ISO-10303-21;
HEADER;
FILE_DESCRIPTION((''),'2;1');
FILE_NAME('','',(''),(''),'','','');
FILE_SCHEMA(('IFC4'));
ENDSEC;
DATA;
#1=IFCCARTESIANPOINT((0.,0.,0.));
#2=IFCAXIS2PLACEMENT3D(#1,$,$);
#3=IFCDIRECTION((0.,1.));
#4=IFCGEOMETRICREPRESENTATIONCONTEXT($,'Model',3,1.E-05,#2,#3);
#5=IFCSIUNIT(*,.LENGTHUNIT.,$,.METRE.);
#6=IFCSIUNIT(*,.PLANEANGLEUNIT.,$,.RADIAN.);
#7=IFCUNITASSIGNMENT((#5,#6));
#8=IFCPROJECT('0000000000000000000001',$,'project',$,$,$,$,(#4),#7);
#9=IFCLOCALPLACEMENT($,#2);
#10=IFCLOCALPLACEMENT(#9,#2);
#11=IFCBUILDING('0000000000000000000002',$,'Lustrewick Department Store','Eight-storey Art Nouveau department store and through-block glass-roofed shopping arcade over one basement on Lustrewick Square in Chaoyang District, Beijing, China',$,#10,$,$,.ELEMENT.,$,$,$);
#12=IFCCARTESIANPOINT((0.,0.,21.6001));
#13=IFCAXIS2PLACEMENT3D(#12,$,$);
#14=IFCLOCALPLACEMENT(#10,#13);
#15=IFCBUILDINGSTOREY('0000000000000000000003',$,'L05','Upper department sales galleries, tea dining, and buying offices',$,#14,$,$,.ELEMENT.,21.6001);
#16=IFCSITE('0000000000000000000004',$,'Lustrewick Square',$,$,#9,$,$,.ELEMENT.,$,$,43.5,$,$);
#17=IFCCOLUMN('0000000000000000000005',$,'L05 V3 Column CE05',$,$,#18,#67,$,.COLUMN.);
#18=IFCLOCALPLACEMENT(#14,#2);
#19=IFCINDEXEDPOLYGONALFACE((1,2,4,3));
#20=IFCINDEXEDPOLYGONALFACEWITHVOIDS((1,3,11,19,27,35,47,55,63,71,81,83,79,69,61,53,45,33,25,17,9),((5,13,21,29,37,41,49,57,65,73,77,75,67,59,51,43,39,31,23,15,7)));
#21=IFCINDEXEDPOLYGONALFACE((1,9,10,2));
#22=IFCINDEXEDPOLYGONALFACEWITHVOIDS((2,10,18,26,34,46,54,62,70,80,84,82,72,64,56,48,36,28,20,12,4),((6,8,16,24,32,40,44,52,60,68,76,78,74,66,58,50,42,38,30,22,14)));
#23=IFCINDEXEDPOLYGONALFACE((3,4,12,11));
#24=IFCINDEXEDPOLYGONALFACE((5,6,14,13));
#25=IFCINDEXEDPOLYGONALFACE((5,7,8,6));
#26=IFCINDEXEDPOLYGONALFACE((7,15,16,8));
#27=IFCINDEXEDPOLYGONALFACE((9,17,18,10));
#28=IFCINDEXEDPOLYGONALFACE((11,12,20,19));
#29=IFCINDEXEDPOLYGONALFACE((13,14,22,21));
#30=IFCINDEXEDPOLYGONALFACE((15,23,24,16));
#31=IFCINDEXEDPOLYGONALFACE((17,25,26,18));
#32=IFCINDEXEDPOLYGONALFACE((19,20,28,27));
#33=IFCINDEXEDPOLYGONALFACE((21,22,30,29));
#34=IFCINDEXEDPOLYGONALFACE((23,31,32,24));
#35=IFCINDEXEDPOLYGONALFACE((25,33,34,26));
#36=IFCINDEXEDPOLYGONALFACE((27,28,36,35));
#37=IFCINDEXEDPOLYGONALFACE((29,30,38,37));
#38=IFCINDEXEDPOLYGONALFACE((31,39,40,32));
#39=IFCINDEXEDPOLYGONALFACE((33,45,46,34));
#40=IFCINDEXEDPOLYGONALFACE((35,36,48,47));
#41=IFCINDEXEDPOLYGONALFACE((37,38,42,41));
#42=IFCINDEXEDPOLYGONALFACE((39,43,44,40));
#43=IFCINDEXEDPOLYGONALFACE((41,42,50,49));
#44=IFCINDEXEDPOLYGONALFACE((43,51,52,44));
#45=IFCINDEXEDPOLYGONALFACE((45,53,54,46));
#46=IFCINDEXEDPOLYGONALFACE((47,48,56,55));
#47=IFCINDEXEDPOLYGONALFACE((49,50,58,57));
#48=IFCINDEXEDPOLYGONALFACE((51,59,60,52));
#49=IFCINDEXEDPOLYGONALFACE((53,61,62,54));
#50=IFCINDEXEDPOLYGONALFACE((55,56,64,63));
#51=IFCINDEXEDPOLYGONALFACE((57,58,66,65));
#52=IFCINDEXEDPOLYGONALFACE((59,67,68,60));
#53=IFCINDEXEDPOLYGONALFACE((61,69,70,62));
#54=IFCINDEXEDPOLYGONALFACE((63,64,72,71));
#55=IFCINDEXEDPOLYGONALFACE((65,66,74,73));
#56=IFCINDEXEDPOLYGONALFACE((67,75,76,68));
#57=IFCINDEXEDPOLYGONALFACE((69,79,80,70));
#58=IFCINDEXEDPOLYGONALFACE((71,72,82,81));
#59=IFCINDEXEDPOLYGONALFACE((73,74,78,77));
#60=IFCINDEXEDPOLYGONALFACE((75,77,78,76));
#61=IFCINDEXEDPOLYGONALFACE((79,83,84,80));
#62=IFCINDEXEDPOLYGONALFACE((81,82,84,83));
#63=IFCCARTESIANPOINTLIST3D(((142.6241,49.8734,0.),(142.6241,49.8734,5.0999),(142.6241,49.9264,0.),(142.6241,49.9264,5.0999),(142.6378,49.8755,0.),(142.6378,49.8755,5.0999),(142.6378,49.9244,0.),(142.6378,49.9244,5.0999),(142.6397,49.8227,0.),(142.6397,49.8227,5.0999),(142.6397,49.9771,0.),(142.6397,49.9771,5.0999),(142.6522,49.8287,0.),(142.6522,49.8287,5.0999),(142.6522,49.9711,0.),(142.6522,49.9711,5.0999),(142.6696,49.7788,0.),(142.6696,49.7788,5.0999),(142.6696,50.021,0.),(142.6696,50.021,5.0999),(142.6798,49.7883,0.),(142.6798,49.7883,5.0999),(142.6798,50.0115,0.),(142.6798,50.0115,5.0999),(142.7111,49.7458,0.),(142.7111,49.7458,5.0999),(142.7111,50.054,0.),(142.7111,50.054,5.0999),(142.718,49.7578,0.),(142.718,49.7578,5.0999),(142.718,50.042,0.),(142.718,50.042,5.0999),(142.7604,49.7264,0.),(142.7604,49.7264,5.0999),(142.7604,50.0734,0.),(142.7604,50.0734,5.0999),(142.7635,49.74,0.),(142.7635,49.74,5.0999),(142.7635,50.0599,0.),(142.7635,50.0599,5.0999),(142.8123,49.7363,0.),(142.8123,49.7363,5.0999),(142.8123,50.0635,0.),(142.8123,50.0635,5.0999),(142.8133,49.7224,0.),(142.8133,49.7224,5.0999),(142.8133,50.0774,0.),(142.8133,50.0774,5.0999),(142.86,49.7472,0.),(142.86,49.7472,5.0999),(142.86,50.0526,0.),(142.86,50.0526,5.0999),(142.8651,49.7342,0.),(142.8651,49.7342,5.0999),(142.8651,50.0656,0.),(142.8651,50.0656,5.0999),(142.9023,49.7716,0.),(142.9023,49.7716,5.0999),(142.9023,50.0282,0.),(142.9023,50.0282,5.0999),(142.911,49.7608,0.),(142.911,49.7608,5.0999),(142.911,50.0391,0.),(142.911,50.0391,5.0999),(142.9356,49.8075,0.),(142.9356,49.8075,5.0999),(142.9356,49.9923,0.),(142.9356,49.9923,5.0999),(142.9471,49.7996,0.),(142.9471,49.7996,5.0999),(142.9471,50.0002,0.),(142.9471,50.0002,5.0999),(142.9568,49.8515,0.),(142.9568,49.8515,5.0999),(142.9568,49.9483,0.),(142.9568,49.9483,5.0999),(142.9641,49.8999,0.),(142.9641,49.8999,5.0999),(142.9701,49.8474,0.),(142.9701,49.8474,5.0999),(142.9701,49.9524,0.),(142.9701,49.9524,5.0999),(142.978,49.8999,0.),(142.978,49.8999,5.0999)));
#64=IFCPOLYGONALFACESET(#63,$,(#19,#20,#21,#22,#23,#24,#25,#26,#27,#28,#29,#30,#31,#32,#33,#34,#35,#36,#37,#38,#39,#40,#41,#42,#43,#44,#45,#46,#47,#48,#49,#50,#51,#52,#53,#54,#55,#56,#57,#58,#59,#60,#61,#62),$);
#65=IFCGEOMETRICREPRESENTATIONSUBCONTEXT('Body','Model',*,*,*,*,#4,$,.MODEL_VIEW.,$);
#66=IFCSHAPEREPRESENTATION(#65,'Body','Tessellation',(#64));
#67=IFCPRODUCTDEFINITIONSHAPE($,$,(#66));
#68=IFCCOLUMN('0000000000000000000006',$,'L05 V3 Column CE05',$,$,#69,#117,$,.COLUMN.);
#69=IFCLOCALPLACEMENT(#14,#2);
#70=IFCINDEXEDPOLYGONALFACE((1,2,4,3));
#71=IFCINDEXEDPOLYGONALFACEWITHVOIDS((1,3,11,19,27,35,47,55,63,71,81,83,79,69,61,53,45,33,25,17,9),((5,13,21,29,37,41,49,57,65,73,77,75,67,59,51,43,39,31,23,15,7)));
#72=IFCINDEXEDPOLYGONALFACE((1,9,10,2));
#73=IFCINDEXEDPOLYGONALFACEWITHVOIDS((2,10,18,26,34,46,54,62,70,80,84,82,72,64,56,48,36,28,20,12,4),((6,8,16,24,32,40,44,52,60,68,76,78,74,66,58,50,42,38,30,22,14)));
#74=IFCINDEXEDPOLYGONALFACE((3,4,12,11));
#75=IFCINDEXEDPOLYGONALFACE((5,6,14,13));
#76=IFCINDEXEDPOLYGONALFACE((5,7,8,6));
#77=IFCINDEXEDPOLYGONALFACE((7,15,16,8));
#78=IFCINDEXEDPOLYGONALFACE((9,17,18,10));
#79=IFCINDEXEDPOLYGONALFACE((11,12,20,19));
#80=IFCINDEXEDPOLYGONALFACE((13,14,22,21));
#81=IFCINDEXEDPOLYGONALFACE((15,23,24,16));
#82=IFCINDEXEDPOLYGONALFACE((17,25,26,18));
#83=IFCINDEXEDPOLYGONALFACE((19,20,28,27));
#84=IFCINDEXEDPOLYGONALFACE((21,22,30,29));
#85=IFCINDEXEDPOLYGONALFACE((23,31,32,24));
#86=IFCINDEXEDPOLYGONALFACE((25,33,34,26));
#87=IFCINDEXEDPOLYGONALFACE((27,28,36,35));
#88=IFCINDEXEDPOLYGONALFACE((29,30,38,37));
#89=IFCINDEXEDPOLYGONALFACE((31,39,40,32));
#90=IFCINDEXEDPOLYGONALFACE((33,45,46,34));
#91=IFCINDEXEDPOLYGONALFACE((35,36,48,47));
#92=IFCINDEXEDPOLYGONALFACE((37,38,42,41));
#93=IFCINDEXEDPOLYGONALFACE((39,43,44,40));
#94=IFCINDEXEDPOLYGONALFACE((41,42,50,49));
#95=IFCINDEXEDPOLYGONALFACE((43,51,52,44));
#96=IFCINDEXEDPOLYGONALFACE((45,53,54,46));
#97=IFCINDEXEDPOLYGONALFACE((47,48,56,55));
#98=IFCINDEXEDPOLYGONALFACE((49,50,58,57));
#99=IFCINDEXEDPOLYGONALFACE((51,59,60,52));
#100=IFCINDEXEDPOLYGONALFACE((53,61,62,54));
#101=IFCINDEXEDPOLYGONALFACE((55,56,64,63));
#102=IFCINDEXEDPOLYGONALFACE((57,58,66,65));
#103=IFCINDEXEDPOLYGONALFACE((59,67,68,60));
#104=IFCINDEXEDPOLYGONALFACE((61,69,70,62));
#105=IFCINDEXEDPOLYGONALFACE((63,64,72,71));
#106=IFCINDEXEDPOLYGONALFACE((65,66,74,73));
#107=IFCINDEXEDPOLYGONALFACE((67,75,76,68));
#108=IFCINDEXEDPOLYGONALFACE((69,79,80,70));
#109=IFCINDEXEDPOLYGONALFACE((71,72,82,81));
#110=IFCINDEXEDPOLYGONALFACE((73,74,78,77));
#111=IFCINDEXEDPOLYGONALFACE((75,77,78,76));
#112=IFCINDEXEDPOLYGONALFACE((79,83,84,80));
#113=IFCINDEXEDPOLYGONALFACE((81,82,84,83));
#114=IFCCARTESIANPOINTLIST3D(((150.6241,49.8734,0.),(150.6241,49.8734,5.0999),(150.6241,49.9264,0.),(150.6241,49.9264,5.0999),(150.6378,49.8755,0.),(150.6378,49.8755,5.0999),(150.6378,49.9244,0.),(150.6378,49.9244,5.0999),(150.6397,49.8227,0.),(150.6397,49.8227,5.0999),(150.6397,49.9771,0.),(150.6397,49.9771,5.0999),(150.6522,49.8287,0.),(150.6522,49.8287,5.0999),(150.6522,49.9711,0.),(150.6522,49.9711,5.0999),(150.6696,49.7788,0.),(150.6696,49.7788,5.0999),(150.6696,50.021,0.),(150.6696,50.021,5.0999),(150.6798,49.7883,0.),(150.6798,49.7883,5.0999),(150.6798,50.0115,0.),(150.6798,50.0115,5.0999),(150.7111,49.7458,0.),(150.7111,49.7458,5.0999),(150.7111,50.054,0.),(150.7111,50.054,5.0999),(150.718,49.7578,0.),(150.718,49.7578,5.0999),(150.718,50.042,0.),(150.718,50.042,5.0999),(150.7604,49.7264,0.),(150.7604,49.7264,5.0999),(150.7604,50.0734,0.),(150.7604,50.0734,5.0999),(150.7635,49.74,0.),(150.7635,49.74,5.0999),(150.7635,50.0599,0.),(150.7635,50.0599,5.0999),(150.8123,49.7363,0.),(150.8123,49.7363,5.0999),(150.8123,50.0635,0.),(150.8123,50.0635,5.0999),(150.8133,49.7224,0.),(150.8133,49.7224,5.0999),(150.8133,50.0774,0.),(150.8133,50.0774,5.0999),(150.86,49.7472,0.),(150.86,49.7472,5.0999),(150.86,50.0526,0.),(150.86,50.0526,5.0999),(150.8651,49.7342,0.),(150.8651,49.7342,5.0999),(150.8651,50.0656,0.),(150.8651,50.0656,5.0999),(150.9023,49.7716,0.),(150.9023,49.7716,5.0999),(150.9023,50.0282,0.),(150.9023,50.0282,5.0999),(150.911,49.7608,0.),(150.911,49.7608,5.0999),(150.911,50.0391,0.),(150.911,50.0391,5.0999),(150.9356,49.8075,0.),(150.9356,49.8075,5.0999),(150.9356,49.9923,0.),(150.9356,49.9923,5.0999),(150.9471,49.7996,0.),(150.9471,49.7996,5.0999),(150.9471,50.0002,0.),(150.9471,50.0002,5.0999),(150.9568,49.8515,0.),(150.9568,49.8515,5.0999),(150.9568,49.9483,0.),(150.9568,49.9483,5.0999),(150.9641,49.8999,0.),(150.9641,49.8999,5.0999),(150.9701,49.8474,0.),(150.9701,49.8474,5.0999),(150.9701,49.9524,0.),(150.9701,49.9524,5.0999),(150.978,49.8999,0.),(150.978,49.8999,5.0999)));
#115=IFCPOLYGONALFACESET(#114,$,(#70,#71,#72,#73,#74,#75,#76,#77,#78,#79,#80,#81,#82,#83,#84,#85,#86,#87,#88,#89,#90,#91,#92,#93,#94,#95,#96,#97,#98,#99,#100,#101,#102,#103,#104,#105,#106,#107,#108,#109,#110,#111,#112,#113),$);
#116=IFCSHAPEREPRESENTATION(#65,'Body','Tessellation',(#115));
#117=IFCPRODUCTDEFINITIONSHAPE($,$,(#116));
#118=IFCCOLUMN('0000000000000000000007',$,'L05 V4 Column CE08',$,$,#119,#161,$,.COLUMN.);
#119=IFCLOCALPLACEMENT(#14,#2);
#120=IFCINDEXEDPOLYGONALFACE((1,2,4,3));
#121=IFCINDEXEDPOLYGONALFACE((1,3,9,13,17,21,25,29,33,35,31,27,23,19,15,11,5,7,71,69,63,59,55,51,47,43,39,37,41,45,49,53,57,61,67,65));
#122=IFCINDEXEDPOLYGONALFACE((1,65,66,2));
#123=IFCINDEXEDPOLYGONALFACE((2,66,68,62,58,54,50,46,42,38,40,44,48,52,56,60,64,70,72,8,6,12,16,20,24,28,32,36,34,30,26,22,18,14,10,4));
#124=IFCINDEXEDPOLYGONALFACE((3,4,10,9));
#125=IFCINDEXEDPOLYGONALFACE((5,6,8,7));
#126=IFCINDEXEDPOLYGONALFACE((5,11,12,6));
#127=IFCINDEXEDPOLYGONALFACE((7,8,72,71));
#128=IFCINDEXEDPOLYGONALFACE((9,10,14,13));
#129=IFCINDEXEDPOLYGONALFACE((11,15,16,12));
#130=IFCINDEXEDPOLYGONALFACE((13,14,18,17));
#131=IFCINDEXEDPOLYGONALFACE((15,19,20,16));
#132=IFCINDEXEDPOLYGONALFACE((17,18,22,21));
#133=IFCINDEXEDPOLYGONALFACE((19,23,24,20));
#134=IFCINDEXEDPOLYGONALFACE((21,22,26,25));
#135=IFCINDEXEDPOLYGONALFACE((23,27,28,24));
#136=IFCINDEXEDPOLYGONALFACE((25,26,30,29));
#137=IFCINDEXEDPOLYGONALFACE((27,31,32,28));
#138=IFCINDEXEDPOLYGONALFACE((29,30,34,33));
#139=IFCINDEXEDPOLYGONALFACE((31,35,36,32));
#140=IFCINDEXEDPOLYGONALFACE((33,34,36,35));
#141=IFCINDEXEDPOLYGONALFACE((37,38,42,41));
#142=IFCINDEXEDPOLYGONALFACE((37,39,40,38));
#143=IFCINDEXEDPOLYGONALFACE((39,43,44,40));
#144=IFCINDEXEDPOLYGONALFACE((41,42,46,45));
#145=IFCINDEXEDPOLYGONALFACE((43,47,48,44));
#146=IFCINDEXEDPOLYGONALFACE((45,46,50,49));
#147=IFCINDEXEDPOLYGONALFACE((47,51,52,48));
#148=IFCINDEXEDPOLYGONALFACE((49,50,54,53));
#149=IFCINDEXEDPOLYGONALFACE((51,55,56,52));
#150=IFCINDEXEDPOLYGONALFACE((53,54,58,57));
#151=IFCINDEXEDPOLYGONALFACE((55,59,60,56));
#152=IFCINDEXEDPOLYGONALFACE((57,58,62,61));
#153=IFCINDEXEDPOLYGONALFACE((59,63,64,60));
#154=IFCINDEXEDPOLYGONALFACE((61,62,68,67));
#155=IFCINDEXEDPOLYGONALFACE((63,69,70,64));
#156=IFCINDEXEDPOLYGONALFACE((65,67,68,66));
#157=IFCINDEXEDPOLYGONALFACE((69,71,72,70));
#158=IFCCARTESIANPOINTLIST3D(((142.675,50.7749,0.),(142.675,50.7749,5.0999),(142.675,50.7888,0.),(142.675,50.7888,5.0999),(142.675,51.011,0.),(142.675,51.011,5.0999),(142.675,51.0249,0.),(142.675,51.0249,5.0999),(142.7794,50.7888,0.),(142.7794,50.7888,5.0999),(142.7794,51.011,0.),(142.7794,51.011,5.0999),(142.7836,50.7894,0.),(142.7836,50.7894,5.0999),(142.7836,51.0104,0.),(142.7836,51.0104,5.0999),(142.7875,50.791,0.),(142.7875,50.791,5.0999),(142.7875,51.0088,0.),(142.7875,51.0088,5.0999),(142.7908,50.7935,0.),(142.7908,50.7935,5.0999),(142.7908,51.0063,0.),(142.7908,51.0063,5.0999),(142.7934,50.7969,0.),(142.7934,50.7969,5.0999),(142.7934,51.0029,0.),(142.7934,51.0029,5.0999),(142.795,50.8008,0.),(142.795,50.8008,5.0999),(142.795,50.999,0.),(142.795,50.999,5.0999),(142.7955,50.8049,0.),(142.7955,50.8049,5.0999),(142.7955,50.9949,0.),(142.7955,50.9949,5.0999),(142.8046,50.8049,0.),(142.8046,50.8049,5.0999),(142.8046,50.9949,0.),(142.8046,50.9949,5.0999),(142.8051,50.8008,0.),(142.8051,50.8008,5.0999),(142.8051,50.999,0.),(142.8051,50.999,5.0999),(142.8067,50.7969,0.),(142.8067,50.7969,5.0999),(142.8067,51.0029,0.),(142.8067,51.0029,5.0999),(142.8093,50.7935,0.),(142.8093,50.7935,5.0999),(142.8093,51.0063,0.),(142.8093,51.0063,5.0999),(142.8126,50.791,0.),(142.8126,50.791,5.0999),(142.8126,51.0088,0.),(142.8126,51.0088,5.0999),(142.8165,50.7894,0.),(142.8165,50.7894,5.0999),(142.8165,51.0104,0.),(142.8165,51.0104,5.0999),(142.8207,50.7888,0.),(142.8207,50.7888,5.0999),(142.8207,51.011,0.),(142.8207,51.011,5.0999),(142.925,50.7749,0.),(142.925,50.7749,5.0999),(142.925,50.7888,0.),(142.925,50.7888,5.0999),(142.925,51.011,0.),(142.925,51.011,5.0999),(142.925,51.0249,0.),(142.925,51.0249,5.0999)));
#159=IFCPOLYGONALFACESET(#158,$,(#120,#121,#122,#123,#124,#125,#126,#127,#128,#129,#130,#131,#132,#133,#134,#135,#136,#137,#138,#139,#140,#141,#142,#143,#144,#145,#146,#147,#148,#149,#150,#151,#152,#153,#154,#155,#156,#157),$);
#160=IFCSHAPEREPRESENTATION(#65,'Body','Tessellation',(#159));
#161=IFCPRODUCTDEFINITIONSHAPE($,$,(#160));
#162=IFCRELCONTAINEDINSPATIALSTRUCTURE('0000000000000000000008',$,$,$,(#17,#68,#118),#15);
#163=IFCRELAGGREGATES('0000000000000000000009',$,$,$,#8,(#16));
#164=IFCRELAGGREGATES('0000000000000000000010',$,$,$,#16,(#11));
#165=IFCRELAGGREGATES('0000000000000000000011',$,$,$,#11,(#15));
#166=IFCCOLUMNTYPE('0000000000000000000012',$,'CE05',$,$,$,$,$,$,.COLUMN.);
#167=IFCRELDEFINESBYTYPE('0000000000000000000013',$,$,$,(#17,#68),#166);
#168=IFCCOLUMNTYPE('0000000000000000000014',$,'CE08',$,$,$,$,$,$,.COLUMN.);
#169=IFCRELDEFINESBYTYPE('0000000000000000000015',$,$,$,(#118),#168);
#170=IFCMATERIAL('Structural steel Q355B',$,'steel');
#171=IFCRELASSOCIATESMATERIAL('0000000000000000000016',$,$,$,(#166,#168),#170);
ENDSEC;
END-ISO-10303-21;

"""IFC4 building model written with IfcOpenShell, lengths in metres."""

from ifc_helpers import new_model, si_unit, direction, frame, origin, origin_2d, place, context, subcontext, project, spatial, hollow_circle, i_section, extrude, material, material_profile, profile_set, type_object, element, save


model = new_model("IFC4")

# Units and contexts
model_context = context("Model", 3, precision=1e-05, world=origin(), true_north=direction((0.0, 1.0)))
body_context = subcontext(model_context, "Body", "Model", "MODEL_VIEW")
ifc_project = project(units=[si_unit("LENGTHUNIT", "METRE"), si_unit("PLANEANGLEUNIT", "RADIAN")], contexts=[model_context])

# Site, building, storey
site_placement = place(None, origin())
site = spatial("IfcSite", under=ifc_project, at=site_placement, Name="Lustrewick Square", CompositionType="ELEMENT", RefElevation=43.5)
building_placement = place(site_placement, origin())
building = spatial("IfcBuilding", under=site, at=building_placement, Name="Lustrewick Department Store", Description="Eight-storey Art Nouveau department store and through-block glass-roofed shopping arcade over one basement on Lustrewick Square in Chaoyang District, Beijing, China", CompositionType="ELEMENT")
storey_placement = place(building_placement, frame((0.0, 0.0, 21.6001)))
storey = spatial("IfcBuildingStorey", under=building, at=storey_placement, Name="L05", Description="Upper department sales galleries, tea dining, and buying offices", CompositionType="ELEMENT", Elevation=21.6001)

# Columns
ifc_material_1 = material(Name="Structural steel Q355B", Category="steel")
ifc_material_profile_1 = material_profile(ifc_material_1, hollow_circle(Radius=0.178, WallThickness=0.0139, at=origin_2d()), Name="CHS 356x14")
ifc_profile_set_1 = profile_set([ifc_material_profile_1], Name="Structural steel Q355B")
column_type_1 = type_object("IfcColumnType", Name="CE05", PredefinedType="COLUMN", material=ifc_profile_set_1)
for number, where, z_axis, x_axis, name in (
    (1, (142.8, 49.8999, 0.0), (0.0, 0.0, 1.0), (1.0, 0.0, 0.0), "L05 V3 Column CE05"),
    (2, (150.8, 49.8999, 0.0), (0.0, 0.0, 1.0), (1.0, 0.0, 0.0), "L05 V3 Column CE05"),
):
    element("IfcColumn", number, at=place(storey_placement, frame(where, z_axis=z_axis, x_axis=x_axis)), inside=storey, type_object=column_type_1, Name=name, PredefinedType="COLUMN", context=body_context, shape_type="SweptSolid", body=[
        extrude(hollow_circle(Radius=0.178, WallThickness=0.0139, at=origin_2d()), origin(), (0.0, 0.0, 1.0), 5.0999),
    ])
ifc_material_profile_2 = material_profile(ifc_material_1, i_section(OverallWidth=0.25, OverallDepth=0.25, WebThickness=0.009, FlangeThickness=0.0139, FilletRadius=0.0161, at=origin_2d()), Name="HW 250x250x9x14")
ifc_profile_set_2 = profile_set([ifc_material_profile_2], Name="Structural steel Q355B")
column_type_2 = type_object("IfcColumnType", Name="CE08", PredefinedType="COLUMN", material=ifc_profile_set_2)
column_placement = place(storey_placement, frame((142.8, 50.8999, 0.0), z_axis=(0.0, 0.0, 1.0), x_axis=(1.0, 0.0, 0.0)))
element("IfcColumn", 3, at=column_placement, inside=storey, type_object=column_type_2, Name="L05 V4 Column CE08", PredefinedType="COLUMN", context=body_context, shape_type="SweptSolid", body=[
    extrude(i_section(OverallWidth=0.25, OverallDepth=0.25, WebThickness=0.009, FlangeThickness=0.0139, FilletRadius=0.0161, at=origin_2d()), origin(), (0.0, 0.0, 1.0), 5.0999),
])

save(model, "model.ifc")
